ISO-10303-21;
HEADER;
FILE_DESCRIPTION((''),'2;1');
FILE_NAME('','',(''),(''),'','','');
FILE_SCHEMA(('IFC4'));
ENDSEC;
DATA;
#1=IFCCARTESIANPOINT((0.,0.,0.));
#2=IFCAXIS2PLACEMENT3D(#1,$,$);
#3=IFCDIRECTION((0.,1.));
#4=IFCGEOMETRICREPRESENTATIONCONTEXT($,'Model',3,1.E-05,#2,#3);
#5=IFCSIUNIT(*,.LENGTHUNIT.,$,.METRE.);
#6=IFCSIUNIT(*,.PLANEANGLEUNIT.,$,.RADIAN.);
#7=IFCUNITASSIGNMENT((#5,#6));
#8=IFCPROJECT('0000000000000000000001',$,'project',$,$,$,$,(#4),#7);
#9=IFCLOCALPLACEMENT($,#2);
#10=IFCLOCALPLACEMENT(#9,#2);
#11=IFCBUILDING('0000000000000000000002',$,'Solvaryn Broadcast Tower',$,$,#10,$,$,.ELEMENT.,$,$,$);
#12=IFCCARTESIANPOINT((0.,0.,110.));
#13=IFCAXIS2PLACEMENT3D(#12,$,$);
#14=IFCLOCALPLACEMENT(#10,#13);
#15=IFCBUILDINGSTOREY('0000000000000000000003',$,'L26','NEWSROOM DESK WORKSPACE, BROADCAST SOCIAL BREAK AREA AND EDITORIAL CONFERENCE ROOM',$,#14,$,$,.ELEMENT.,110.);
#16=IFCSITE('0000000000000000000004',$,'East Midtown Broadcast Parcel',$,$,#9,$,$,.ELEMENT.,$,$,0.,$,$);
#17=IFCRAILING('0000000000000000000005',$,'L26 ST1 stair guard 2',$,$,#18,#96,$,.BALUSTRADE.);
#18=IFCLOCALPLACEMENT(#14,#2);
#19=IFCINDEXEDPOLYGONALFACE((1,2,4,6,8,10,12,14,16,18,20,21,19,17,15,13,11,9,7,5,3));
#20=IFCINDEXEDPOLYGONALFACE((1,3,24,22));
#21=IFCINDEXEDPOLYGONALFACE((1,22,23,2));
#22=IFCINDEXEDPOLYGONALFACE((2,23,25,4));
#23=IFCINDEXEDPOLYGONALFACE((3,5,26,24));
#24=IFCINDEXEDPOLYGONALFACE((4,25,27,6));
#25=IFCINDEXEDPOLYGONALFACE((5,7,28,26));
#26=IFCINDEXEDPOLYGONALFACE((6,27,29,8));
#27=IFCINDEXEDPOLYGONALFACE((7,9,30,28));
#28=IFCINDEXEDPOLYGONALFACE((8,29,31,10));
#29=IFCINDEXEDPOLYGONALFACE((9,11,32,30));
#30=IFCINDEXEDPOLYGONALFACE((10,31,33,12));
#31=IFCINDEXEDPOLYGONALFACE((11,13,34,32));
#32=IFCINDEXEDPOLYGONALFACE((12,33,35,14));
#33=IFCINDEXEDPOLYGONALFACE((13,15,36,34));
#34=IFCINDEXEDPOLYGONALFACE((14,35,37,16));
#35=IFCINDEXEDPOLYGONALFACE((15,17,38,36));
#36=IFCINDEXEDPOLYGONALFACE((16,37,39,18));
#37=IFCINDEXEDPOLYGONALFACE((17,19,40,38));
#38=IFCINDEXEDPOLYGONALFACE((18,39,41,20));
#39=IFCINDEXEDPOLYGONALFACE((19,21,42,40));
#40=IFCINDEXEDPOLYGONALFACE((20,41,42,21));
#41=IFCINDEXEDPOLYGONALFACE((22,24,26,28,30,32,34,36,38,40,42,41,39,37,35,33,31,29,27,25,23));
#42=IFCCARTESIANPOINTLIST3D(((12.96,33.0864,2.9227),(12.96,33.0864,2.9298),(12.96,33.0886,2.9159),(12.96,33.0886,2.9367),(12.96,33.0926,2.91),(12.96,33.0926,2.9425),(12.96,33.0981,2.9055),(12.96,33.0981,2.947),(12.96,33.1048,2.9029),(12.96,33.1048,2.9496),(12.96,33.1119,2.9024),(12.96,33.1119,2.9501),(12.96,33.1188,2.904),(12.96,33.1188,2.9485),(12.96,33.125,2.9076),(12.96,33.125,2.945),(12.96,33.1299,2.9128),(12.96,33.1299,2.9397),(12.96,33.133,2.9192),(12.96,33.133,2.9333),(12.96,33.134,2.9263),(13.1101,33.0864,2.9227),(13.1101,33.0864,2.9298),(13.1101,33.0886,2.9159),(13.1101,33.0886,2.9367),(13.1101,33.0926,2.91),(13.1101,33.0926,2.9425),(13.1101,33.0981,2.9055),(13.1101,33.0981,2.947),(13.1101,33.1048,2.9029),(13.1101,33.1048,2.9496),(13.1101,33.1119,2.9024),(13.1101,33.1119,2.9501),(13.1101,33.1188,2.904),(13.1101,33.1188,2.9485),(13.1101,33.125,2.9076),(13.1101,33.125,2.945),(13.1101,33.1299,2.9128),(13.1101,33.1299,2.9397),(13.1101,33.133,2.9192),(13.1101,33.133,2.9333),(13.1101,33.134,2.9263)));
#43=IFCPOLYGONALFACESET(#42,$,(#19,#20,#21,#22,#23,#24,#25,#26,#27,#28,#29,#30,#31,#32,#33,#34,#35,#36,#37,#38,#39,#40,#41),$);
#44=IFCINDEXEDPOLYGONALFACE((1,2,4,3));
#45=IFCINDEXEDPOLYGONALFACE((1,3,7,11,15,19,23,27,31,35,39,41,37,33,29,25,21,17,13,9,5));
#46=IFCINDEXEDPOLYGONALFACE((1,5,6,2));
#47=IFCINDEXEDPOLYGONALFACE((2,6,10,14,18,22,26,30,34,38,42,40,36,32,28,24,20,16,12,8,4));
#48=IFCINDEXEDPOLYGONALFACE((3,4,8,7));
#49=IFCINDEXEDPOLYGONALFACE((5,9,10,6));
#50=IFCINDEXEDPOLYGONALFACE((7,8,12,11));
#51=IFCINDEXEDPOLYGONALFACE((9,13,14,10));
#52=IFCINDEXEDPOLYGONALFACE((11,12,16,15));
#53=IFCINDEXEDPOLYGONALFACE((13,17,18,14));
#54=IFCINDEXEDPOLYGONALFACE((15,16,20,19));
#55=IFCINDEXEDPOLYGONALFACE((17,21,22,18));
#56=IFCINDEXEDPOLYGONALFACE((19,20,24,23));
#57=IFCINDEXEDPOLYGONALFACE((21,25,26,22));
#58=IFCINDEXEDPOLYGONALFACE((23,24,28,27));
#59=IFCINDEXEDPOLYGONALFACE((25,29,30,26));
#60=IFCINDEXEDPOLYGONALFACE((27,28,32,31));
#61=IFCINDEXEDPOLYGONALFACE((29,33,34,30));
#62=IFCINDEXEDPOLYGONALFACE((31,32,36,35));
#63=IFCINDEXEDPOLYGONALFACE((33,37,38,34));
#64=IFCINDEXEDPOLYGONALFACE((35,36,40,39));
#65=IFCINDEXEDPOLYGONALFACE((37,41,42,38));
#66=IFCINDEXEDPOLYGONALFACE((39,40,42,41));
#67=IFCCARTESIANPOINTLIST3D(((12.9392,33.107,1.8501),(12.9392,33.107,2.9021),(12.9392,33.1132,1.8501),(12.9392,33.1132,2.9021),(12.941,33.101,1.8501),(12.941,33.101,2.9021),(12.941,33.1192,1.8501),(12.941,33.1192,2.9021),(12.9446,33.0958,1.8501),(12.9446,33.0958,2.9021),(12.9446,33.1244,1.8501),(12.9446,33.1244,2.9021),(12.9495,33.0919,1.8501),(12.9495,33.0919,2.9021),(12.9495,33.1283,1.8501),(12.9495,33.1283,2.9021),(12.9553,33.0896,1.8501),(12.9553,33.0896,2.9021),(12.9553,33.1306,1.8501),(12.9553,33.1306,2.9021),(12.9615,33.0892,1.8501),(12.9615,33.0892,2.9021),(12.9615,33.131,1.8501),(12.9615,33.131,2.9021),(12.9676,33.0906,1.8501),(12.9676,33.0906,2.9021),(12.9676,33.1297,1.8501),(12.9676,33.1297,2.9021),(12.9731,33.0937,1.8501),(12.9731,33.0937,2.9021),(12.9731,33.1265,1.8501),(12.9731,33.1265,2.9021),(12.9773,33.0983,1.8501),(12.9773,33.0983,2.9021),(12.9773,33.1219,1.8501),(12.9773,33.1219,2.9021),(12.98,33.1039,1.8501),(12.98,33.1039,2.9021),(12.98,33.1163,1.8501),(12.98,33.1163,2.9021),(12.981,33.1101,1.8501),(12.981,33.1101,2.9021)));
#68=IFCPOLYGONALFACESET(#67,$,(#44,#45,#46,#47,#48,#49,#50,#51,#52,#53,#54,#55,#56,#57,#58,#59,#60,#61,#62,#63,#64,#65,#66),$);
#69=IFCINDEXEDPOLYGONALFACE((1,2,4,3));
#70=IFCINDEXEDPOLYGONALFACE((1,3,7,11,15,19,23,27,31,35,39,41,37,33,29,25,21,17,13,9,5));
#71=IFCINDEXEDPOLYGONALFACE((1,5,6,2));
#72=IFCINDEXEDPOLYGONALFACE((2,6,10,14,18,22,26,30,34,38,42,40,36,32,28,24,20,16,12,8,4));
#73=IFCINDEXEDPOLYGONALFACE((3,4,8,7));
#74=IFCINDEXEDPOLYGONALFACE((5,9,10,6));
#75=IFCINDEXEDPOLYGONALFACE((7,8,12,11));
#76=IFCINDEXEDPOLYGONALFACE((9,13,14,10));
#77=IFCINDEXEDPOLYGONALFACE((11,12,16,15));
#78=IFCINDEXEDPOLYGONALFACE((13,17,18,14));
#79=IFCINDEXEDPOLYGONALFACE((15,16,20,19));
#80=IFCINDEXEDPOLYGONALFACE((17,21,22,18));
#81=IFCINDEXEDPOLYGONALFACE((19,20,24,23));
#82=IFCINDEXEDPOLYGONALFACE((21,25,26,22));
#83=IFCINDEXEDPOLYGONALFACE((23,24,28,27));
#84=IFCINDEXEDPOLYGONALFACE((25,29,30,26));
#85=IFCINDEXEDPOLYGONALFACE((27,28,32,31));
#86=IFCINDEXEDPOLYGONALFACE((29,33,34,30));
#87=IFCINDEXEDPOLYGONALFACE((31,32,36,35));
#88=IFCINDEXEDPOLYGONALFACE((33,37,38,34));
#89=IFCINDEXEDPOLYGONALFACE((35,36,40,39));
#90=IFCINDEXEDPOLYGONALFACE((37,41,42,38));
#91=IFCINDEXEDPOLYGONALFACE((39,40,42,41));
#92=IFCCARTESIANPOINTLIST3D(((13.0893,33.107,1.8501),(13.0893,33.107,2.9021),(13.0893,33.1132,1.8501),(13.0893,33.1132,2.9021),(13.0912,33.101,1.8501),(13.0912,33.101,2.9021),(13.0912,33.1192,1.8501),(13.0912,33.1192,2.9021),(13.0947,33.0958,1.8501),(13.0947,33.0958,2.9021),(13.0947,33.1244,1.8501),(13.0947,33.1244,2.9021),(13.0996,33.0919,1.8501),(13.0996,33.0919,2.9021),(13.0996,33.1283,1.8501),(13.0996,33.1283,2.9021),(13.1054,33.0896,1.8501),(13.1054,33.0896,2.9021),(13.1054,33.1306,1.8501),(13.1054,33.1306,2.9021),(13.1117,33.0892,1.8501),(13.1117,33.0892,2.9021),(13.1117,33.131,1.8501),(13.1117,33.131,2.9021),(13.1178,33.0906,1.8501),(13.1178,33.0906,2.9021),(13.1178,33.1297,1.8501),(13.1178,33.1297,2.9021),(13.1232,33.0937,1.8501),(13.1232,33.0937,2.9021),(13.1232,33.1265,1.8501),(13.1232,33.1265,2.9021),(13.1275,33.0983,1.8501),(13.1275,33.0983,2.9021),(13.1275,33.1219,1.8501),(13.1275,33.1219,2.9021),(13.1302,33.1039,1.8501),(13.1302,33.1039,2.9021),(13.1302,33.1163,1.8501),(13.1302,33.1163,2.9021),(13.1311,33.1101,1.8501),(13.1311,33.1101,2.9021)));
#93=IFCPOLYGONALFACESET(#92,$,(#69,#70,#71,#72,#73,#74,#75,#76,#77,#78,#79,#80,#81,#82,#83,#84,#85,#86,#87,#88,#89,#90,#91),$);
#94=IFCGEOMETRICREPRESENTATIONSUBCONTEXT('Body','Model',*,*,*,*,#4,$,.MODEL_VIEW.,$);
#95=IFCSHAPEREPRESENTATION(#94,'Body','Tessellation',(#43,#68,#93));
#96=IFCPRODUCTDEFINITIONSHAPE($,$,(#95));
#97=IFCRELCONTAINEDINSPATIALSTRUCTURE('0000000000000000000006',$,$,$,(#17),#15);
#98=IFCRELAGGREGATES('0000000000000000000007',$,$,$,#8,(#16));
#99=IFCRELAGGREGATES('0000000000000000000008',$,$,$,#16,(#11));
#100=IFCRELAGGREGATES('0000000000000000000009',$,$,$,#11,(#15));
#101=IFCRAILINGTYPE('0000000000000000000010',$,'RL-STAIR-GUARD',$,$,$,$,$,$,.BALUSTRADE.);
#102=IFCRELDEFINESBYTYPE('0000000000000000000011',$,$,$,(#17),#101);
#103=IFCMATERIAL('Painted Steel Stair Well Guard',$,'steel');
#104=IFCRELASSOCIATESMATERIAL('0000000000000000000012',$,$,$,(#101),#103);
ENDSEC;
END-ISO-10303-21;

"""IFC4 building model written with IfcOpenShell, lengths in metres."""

from ifc_helpers import new_model, si_unit, direction, frame, origin, origin_2d, place, context, subcontext, project, spatial, circle, extrude, material, type_object, element, save


model = new_model("IFC4")

# Units and contexts
model_context = context("Model", 3, precision=1e-05, world=origin(), true_north=direction((0.0, 1.0)))
body_context = subcontext(model_context, "Body", "Model", "MODEL_VIEW")
ifc_project = project(units=[si_unit("LENGTHUNIT", "METRE"), si_unit("PLANEANGLEUNIT", "RADIAN")], contexts=[model_context])

# Site, building, storey
site_placement = place(None, origin())
site = spatial("IfcSite", under=ifc_project, at=site_placement, Name="East Midtown Broadcast Parcel", CompositionType="ELEMENT", RefElevation=0.0)
building_placement = place(site_placement, origin())
building = spatial("IfcBuilding", under=site, at=building_placement, Name="Solvaryn Broadcast Tower", CompositionType="ELEMENT")
storey_placement = place(building_placement, frame((0.0, 0.0, 110.0)))
storey = spatial("IfcBuildingStorey", under=building, at=storey_placement, Name="L26", Description="NEWSROOM DESK WORKSPACE, BROADCAST SOCIAL BREAK AREA AND EDITORIAL CONFERENCE ROOM", CompositionType="ELEMENT", Elevation=110.0)

# Railing
ifc_material_1 = material(Name="Painted Steel Stair Well Guard", Category="steel")
railing_type_1 = type_object("IfcRailingType", Name="RL-STAIR-GUARD", PredefinedType="BALUSTRADE", material=ifc_material_1)
railing_1_placement = place(storey_placement, frame((12.96, 33.1101, 1.8501)))
element("IfcRailing", 1, at=railing_1_placement, inside=storey, type_object=railing_type_1, Name="L26 ST1 stair guard 2", PredefinedType="BALUSTRADE", context=body_context, shape_type="SweptSolid", body=[
    extrude(circle(Radius=0.0239, at=origin_2d()), frame((0.0, 0.0, 1.0762), z_axis=(1.0, 0.0, 0.0), x_axis=(0.0, 1.0, 0.0)), (0.0, 0.0, 1.0), 0.1501),
    extrude(circle(Radius=0.021, at=origin_2d()), origin(), (0.0, 0.0, 1.0), 1.052),
    extrude(circle(Radius=0.021, at=origin_2d()), frame((0.1501, 0.0, 0.0)), (0.0, 0.0, 1.0), 1.052),
])

save(model, "model.ifc")
